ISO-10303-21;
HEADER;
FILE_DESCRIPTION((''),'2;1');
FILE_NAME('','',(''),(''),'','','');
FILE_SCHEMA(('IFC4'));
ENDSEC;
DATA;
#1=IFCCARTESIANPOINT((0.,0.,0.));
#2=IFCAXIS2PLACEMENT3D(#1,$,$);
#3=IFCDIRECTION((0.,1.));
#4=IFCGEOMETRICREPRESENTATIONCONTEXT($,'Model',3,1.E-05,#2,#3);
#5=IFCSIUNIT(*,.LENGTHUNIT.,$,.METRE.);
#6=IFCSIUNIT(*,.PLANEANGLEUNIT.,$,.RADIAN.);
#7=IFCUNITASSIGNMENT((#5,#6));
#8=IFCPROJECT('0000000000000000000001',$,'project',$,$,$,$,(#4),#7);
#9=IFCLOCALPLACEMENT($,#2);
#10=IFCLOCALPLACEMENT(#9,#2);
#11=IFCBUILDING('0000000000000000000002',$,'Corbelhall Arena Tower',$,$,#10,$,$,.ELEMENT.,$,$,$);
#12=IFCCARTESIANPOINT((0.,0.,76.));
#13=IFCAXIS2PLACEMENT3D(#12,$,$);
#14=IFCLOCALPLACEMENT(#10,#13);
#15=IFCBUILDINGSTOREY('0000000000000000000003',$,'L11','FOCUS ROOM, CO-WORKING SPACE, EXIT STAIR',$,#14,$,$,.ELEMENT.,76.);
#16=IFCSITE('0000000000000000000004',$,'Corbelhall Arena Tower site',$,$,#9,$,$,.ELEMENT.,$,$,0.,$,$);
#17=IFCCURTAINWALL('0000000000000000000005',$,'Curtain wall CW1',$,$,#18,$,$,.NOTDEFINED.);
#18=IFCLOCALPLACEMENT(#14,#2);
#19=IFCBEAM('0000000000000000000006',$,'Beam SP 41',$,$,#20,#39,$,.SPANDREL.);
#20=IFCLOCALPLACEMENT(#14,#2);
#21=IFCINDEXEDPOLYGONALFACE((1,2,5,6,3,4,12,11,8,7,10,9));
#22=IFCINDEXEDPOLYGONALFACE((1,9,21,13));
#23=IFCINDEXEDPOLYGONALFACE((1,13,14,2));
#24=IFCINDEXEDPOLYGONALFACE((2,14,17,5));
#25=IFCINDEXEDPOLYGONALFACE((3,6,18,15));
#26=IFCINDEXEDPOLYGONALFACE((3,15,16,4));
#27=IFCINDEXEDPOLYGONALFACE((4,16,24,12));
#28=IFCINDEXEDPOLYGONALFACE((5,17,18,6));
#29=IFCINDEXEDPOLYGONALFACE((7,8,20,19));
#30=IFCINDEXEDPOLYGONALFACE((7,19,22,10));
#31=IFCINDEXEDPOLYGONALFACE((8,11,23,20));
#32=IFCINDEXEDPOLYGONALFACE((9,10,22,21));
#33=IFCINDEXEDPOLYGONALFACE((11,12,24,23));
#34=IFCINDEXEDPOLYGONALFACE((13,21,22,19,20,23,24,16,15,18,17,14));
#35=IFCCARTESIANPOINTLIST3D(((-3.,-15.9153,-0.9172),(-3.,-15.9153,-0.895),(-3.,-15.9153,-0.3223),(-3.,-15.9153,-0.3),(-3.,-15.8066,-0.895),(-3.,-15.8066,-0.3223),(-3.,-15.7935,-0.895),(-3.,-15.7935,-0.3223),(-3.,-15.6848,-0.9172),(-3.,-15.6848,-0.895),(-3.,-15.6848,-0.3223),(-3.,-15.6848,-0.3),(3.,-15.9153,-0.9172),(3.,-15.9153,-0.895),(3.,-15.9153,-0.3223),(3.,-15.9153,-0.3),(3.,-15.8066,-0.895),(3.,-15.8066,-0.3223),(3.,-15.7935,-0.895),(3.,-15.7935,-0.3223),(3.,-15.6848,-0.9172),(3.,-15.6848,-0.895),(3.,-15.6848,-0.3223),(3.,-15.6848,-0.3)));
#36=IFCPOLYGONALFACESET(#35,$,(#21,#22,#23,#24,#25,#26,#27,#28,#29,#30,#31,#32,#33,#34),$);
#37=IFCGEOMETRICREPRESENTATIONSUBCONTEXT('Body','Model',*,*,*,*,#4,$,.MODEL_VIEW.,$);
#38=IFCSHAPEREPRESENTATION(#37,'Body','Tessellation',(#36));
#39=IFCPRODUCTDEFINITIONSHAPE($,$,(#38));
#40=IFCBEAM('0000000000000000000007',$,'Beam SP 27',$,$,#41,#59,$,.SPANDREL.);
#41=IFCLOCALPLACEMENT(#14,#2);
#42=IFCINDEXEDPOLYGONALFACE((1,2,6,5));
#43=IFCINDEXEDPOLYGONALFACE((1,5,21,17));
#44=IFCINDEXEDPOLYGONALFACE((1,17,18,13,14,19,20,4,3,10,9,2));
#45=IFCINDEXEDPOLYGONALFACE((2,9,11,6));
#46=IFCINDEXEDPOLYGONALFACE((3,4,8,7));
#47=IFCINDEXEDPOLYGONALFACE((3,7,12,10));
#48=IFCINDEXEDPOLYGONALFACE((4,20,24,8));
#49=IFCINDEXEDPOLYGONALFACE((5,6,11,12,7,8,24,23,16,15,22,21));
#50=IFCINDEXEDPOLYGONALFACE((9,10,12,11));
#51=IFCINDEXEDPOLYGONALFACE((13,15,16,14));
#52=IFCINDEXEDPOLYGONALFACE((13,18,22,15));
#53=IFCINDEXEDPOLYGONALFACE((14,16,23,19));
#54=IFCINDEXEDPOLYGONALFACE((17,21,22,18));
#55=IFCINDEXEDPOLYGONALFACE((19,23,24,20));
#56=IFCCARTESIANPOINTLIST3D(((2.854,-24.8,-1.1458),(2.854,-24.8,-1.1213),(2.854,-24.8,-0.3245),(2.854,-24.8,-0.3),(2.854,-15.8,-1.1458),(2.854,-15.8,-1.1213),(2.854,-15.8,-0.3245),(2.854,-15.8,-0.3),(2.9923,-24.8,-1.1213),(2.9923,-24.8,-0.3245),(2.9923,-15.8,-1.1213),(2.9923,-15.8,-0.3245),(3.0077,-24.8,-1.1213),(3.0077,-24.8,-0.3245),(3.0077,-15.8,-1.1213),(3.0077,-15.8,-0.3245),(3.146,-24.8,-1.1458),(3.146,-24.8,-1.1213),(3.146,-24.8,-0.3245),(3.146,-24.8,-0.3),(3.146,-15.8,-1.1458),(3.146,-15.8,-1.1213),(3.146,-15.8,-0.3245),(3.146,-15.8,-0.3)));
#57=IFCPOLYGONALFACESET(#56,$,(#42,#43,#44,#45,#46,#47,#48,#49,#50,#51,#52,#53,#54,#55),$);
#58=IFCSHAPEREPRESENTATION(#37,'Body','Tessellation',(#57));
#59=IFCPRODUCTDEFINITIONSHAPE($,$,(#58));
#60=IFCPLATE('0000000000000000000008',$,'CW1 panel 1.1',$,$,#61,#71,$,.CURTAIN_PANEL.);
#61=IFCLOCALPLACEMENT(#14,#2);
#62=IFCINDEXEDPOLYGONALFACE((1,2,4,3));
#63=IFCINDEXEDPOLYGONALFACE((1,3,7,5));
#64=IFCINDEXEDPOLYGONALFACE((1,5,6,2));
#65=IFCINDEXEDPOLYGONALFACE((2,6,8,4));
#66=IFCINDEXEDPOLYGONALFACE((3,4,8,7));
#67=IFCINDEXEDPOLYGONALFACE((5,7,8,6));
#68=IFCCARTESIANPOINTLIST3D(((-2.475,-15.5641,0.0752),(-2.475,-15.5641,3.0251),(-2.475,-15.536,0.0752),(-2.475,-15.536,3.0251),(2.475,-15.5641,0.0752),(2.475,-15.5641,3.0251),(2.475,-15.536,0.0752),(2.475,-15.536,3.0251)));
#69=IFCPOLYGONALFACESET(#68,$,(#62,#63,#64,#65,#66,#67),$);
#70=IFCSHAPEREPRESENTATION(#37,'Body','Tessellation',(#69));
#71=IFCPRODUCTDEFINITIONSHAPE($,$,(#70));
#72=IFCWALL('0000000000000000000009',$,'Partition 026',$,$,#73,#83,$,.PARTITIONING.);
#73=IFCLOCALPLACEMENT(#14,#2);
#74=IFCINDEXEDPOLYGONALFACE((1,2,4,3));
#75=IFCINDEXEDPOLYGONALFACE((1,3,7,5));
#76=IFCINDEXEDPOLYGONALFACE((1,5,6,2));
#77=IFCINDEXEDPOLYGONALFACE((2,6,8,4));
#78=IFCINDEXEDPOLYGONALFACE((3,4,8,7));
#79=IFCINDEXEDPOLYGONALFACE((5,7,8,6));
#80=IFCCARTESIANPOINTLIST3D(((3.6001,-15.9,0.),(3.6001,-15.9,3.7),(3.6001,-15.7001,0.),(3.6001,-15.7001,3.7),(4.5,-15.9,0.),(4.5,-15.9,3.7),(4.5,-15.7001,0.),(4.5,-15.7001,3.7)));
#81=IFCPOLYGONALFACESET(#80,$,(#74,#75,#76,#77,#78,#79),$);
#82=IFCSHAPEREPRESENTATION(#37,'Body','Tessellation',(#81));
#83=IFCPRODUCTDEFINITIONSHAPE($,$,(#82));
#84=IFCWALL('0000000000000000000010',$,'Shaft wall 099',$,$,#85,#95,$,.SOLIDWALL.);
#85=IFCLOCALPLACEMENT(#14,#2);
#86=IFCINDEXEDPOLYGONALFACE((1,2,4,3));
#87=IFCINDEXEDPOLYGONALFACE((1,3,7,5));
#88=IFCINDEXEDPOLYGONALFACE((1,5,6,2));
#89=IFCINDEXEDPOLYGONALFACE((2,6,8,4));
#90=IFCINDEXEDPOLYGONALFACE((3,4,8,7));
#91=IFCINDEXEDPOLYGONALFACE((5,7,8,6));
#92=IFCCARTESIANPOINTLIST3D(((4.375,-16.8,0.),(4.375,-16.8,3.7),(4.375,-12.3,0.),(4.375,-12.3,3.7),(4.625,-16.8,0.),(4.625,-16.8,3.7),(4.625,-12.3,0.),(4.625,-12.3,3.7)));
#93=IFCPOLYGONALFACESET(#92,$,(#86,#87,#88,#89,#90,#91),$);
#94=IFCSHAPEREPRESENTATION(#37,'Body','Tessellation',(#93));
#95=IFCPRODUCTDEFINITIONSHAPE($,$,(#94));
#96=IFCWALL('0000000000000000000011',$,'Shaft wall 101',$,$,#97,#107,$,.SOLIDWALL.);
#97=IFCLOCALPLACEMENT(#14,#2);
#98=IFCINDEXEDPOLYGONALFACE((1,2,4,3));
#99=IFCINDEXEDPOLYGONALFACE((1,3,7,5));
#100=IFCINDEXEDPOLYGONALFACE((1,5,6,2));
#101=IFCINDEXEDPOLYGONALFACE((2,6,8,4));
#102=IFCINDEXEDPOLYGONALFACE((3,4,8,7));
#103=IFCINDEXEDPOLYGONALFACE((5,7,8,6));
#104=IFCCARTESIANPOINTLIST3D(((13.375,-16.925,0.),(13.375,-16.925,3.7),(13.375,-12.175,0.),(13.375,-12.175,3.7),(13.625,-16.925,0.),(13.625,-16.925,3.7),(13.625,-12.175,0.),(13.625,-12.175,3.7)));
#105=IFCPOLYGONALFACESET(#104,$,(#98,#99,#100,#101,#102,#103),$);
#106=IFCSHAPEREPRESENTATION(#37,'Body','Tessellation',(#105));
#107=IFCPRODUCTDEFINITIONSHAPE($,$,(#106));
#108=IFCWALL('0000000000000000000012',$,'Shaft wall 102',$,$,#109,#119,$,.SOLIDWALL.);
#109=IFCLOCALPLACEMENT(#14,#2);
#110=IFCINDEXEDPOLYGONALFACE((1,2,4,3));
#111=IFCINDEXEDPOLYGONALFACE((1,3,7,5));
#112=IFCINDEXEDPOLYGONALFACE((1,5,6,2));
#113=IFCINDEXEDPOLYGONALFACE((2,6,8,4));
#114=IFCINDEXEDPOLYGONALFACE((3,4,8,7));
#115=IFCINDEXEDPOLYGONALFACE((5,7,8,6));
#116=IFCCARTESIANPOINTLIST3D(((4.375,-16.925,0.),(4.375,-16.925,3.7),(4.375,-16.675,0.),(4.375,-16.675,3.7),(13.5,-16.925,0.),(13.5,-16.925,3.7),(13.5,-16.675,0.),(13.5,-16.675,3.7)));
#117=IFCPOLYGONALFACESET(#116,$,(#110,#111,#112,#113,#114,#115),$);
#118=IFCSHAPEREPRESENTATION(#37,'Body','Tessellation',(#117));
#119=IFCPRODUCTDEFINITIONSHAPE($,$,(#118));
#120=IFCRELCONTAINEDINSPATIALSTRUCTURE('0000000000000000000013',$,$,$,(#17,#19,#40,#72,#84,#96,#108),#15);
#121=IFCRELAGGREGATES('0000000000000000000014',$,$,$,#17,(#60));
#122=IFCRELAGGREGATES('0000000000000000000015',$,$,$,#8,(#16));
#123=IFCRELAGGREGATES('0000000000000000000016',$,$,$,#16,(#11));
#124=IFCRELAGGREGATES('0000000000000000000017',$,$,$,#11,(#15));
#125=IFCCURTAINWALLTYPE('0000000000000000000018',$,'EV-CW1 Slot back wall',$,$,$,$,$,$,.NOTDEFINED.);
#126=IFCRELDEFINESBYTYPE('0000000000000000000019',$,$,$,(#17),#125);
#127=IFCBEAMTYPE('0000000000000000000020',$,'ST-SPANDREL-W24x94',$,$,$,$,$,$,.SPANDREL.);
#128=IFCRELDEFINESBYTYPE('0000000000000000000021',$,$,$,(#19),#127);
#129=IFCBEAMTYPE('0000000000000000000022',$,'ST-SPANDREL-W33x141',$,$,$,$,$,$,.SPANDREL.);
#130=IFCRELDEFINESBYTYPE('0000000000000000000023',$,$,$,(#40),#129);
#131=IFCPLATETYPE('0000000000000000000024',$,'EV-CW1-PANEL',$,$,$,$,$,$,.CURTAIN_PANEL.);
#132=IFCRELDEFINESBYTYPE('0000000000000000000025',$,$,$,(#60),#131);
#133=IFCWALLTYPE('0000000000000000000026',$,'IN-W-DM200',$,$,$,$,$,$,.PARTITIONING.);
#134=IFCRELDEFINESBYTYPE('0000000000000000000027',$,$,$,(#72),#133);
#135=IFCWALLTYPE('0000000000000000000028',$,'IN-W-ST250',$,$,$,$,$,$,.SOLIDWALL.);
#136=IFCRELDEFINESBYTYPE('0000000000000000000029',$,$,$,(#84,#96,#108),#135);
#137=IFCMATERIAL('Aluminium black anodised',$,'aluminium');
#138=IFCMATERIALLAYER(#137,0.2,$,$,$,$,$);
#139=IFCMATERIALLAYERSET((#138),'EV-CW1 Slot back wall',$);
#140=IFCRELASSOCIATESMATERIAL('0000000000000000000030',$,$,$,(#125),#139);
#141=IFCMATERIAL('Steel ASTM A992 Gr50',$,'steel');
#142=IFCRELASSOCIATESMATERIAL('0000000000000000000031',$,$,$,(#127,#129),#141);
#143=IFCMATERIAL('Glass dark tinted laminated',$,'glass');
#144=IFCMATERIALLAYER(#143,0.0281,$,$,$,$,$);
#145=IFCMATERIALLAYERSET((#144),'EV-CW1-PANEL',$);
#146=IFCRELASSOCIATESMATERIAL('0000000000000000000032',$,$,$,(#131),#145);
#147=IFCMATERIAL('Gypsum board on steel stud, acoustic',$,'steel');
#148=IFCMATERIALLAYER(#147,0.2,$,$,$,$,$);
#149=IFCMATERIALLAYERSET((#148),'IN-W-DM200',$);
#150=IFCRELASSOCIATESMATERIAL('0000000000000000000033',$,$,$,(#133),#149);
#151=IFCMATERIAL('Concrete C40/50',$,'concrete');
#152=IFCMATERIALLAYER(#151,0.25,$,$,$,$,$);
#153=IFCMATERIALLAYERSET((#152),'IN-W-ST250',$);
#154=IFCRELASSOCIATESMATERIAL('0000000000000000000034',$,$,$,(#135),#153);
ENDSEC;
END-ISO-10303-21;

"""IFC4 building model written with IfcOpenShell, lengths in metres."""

from ifc_helpers import new_model, si_unit, direction, frame, frame_2d, origin, origin_2d, place, context, subcontext, project, spatial, rectangle, i_section, extrude, material, layer, layer_set, material_profile, profile_set, type_object, element, aggregate, save


model = new_model("IFC4")

# Units and contexts
model_context = context("Model", 3, precision=1e-05, world=origin(), true_north=direction((0.0, 1.0)))
body_context = subcontext(model_context, "Body", "Model", "MODEL_VIEW")
ifc_project = project(units=[si_unit("LENGTHUNIT", "METRE"), si_unit("PLANEANGLEUNIT", "RADIAN")], contexts=[model_context])

# Site, building, storey
site_placement = place(None, origin())
site = spatial("IfcSite", under=ifc_project, at=site_placement, Name="Corbelhall Arena Tower site", CompositionType="ELEMENT", RefElevation=0.0)
building_placement = place(site_placement, origin())
building = spatial("IfcBuilding", under=site, at=building_placement, Name="Corbelhall Arena Tower", CompositionType="ELEMENT")
storey_placement = place(building_placement, frame((0.0, 0.0, 76.0)))
storey = spatial("IfcBuildingStorey", under=building, at=storey_placement, Name="L11", Description="FOCUS ROOM, CO-WORKING SPACE, EXIT STAIR", CompositionType="ELEMENT", Elevation=76.0)

# Curtain wall
ifc_material_1 = material(Name="Aluminium black anodised", Category="aluminium")
ifc_layer_1 = layer(ifc_material_1, 0.2)
ifc_layer_set_1 = layer_set([ifc_layer_1], Name="EV-CW1 Slot back wall")
curtain_wall_type = type_object("IfcCurtainWallType", Name="EV-CW1 Slot back wall", PredefinedType="NOTDEFINED", material=ifc_layer_set_1)
curtain_wall_placement = place(storey_placement, origin())
curtain_wall = element("IfcCurtainWall", 1, at=curtain_wall_placement, inside=storey, type_object=curtain_wall_type, Name="Curtain wall CW1", PredefinedType="NOTDEFINED")

# Beams
ifc_material_2 = material(Name="Steel ASTM A992 Gr50", Category="steel")
ifc_material_profile_1 = material_profile(ifc_material_2, i_section(OverallWidth=0.2305, OverallDepth=0.6172, WebThickness=0.0132, FlangeThickness=0.0222, at=origin_2d()))
ifc_profile_set_1 = profile_set([ifc_material_profile_1], Name="Steel ASTM A992 Gr50")
beam_type_1 = type_object("IfcBeamType", Name="ST-SPANDREL-W24x94", PredefinedType="SPANDREL", material=ifc_profile_set_1)
beam_1_placement = place(storey_placement, frame((3.0, -15.8, -0.6086), z_axis=(-1.0, 0.0, 0.0), x_axis=(0.0, -1.0, 0.0)))
element("IfcBeam", 2, at=beam_1_placement, inside=storey, type_object=beam_type_1, Name="Beam SP 41", PredefinedType="SPANDREL", context=body_context, shape_type="SweptSolid", body=[
    extrude(i_section(OverallWidth=0.2305, OverallDepth=0.6172, WebThickness=0.0132, FlangeThickness=0.0222, at=origin_2d()), origin(), (0.0, 0.0, 1.0), 6.0),
])
ifc_material_profile_2 = material_profile(ifc_material_2, i_section(OverallWidth=0.292, OverallDepth=0.8457, WebThickness=0.0154, FlangeThickness=0.0244, at=origin_2d()))
ifc_profile_set_2 = profile_set([ifc_material_profile_2], Name="Steel ASTM A992 Gr50")
beam_type_2 = type_object("IfcBeamType", Name="ST-SPANDREL-W33x141", PredefinedType="SPANDREL", material=ifc_profile_set_2)
beam_2_placement = place(storey_placement, frame((3.0, -24.8, -0.7229), z_axis=(0.0, 1.0, 0.0), x_axis=(-1.0, 0.0, 0.0)))
element("IfcBeam", 3, at=beam_2_placement, inside=storey, type_object=beam_type_2, Name="Beam SP 27", PredefinedType="SPANDREL", context=body_context, shape_type="SweptSolid", body=[
    extrude(i_section(OverallWidth=0.292, OverallDepth=0.8457, WebThickness=0.0154, FlangeThickness=0.0244, at=origin_2d()), origin(), (0.0, 0.0, 1.0), 9.0),
])

# Plate
ifc_material_3 = material(Name="Glass dark tinted laminated", Category="glass")
ifc_layer_2 = layer(ifc_material_3, 0.0281)
ifc_layer_set_2 = layer_set([ifc_layer_2], Name="EV-CW1-PANEL")
plate_type = type_object("IfcPlateType", Name="EV-CW1-PANEL", PredefinedType="CURTAIN_PANEL", material=ifc_layer_set_2)
plate_placement = place(storey_placement, frame((0.0, -15.55, 0.0752), z_axis=(0.0, 0.0, 1.0), x_axis=(1.0, 0.0, 0.0)))
plate = element("IfcPlate", 4, at=plate_placement, type_object=plate_type, Name="CW1 panel 1.1", PredefinedType="CURTAIN_PANEL", context=body_context, shape_type="SweptSolid", body=[
    extrude(rectangle(XDim=4.95, YDim=0.0281, at=origin_2d()), origin(), (0.0, 0.0, 1.0), 2.95),
])
aggregate(curtain_wall, [plate])

# Wall
ifc_material_4 = material(Name="Gypsum board on steel stud, acoustic", Category="steel")
ifc_layer_3 = layer(ifc_material_4, 0.2)
ifc_layer_set_3 = layer_set([ifc_layer_3], Name="IN-W-DM200")
wall_type_1 = type_object("IfcWallType", Name="IN-W-DM200", PredefinedType="PARTITIONING", material=ifc_layer_set_3)
wall_1_placement = place(storey_placement, frame((4.5, -15.8, 0.0), z_axis=(0.0, 0.0, 1.0), x_axis=(-1.0, 0.0, 0.0)))
element("IfcWall", 5, at=wall_1_placement, inside=storey, type_object=wall_type_1, Name="Partition 026", PredefinedType="PARTITIONING", context=body_context, shape_type="SweptSolid", body=[
    extrude(rectangle(XDim=0.8999, YDim=0.2, at=frame_2d((0.45, 0.0))), origin(), (0.0, 0.0, 1.0), 3.7),
])

# Walls
ifc_material_5 = material(Name="Concrete C40/50", Category="concrete")
ifc_layer_4 = layer(ifc_material_5, 0.25)
ifc_layer_set_4 = layer_set([ifc_layer_4], Name="IN-W-ST250")
wall_type_2 = type_object("IfcWallType", Name="IN-W-ST250", PredefinedType="SOLIDWALL", material=ifc_layer_set_4)
wall_2_placement = place(storey_placement, frame((4.5, -16.8, 0.0), z_axis=(0.0, 0.0, 1.0), x_axis=(0.0, 1.0, 0.0)))
element("IfcWall", 6, at=wall_2_placement, inside=storey, type_object=wall_type_2, Name="Shaft wall 099", PredefinedType="SOLIDWALL", context=body_context, shape_type="SweptSolid", body=[
    extrude(rectangle(XDim=4.5, YDim=0.25, at=frame_2d((2.25, 0.0))), origin(), (0.0, 0.0, 1.0), 3.7),
])
wall_3_placement = place(storey_placement, frame((13.5, -16.925, 0.0), z_axis=(0.0, 0.0, 1.0), x_axis=(0.0, 1.0, 0.0)))
element("IfcWall", 7, at=wall_3_placement, inside=storey, type_object=wall_type_2, Name="Shaft wall 101", PredefinedType="SOLIDWALL", context=body_context, shape_type="SweptSolid", body=[
    extrude(rectangle(XDim=4.75, YDim=0.25, at=frame_2d((2.375, 0.0))), origin(), (0.0, 0.0, 1.0), 3.7),
])
wall_4_placement = place(storey_placement, frame((13.5, -16.8, 0.0), z_axis=(0.0, 0.0, 1.0), x_axis=(-1.0, 0.0, 0.0)))
element("IfcWall", 8, at=wall_4_placement, inside=storey, type_object=wall_type_2, Name="Shaft wall 102", PredefinedType="SOLIDWALL", context=body_context, shape_type="SweptSolid", body=[
    extrude(rectangle(XDim=9.125, YDim=0.25, at=frame_2d((4.5625, 0.0))), origin(), (0.0, 0.0, 1.0), 3.7),
])

save(model, "model.ifc")
